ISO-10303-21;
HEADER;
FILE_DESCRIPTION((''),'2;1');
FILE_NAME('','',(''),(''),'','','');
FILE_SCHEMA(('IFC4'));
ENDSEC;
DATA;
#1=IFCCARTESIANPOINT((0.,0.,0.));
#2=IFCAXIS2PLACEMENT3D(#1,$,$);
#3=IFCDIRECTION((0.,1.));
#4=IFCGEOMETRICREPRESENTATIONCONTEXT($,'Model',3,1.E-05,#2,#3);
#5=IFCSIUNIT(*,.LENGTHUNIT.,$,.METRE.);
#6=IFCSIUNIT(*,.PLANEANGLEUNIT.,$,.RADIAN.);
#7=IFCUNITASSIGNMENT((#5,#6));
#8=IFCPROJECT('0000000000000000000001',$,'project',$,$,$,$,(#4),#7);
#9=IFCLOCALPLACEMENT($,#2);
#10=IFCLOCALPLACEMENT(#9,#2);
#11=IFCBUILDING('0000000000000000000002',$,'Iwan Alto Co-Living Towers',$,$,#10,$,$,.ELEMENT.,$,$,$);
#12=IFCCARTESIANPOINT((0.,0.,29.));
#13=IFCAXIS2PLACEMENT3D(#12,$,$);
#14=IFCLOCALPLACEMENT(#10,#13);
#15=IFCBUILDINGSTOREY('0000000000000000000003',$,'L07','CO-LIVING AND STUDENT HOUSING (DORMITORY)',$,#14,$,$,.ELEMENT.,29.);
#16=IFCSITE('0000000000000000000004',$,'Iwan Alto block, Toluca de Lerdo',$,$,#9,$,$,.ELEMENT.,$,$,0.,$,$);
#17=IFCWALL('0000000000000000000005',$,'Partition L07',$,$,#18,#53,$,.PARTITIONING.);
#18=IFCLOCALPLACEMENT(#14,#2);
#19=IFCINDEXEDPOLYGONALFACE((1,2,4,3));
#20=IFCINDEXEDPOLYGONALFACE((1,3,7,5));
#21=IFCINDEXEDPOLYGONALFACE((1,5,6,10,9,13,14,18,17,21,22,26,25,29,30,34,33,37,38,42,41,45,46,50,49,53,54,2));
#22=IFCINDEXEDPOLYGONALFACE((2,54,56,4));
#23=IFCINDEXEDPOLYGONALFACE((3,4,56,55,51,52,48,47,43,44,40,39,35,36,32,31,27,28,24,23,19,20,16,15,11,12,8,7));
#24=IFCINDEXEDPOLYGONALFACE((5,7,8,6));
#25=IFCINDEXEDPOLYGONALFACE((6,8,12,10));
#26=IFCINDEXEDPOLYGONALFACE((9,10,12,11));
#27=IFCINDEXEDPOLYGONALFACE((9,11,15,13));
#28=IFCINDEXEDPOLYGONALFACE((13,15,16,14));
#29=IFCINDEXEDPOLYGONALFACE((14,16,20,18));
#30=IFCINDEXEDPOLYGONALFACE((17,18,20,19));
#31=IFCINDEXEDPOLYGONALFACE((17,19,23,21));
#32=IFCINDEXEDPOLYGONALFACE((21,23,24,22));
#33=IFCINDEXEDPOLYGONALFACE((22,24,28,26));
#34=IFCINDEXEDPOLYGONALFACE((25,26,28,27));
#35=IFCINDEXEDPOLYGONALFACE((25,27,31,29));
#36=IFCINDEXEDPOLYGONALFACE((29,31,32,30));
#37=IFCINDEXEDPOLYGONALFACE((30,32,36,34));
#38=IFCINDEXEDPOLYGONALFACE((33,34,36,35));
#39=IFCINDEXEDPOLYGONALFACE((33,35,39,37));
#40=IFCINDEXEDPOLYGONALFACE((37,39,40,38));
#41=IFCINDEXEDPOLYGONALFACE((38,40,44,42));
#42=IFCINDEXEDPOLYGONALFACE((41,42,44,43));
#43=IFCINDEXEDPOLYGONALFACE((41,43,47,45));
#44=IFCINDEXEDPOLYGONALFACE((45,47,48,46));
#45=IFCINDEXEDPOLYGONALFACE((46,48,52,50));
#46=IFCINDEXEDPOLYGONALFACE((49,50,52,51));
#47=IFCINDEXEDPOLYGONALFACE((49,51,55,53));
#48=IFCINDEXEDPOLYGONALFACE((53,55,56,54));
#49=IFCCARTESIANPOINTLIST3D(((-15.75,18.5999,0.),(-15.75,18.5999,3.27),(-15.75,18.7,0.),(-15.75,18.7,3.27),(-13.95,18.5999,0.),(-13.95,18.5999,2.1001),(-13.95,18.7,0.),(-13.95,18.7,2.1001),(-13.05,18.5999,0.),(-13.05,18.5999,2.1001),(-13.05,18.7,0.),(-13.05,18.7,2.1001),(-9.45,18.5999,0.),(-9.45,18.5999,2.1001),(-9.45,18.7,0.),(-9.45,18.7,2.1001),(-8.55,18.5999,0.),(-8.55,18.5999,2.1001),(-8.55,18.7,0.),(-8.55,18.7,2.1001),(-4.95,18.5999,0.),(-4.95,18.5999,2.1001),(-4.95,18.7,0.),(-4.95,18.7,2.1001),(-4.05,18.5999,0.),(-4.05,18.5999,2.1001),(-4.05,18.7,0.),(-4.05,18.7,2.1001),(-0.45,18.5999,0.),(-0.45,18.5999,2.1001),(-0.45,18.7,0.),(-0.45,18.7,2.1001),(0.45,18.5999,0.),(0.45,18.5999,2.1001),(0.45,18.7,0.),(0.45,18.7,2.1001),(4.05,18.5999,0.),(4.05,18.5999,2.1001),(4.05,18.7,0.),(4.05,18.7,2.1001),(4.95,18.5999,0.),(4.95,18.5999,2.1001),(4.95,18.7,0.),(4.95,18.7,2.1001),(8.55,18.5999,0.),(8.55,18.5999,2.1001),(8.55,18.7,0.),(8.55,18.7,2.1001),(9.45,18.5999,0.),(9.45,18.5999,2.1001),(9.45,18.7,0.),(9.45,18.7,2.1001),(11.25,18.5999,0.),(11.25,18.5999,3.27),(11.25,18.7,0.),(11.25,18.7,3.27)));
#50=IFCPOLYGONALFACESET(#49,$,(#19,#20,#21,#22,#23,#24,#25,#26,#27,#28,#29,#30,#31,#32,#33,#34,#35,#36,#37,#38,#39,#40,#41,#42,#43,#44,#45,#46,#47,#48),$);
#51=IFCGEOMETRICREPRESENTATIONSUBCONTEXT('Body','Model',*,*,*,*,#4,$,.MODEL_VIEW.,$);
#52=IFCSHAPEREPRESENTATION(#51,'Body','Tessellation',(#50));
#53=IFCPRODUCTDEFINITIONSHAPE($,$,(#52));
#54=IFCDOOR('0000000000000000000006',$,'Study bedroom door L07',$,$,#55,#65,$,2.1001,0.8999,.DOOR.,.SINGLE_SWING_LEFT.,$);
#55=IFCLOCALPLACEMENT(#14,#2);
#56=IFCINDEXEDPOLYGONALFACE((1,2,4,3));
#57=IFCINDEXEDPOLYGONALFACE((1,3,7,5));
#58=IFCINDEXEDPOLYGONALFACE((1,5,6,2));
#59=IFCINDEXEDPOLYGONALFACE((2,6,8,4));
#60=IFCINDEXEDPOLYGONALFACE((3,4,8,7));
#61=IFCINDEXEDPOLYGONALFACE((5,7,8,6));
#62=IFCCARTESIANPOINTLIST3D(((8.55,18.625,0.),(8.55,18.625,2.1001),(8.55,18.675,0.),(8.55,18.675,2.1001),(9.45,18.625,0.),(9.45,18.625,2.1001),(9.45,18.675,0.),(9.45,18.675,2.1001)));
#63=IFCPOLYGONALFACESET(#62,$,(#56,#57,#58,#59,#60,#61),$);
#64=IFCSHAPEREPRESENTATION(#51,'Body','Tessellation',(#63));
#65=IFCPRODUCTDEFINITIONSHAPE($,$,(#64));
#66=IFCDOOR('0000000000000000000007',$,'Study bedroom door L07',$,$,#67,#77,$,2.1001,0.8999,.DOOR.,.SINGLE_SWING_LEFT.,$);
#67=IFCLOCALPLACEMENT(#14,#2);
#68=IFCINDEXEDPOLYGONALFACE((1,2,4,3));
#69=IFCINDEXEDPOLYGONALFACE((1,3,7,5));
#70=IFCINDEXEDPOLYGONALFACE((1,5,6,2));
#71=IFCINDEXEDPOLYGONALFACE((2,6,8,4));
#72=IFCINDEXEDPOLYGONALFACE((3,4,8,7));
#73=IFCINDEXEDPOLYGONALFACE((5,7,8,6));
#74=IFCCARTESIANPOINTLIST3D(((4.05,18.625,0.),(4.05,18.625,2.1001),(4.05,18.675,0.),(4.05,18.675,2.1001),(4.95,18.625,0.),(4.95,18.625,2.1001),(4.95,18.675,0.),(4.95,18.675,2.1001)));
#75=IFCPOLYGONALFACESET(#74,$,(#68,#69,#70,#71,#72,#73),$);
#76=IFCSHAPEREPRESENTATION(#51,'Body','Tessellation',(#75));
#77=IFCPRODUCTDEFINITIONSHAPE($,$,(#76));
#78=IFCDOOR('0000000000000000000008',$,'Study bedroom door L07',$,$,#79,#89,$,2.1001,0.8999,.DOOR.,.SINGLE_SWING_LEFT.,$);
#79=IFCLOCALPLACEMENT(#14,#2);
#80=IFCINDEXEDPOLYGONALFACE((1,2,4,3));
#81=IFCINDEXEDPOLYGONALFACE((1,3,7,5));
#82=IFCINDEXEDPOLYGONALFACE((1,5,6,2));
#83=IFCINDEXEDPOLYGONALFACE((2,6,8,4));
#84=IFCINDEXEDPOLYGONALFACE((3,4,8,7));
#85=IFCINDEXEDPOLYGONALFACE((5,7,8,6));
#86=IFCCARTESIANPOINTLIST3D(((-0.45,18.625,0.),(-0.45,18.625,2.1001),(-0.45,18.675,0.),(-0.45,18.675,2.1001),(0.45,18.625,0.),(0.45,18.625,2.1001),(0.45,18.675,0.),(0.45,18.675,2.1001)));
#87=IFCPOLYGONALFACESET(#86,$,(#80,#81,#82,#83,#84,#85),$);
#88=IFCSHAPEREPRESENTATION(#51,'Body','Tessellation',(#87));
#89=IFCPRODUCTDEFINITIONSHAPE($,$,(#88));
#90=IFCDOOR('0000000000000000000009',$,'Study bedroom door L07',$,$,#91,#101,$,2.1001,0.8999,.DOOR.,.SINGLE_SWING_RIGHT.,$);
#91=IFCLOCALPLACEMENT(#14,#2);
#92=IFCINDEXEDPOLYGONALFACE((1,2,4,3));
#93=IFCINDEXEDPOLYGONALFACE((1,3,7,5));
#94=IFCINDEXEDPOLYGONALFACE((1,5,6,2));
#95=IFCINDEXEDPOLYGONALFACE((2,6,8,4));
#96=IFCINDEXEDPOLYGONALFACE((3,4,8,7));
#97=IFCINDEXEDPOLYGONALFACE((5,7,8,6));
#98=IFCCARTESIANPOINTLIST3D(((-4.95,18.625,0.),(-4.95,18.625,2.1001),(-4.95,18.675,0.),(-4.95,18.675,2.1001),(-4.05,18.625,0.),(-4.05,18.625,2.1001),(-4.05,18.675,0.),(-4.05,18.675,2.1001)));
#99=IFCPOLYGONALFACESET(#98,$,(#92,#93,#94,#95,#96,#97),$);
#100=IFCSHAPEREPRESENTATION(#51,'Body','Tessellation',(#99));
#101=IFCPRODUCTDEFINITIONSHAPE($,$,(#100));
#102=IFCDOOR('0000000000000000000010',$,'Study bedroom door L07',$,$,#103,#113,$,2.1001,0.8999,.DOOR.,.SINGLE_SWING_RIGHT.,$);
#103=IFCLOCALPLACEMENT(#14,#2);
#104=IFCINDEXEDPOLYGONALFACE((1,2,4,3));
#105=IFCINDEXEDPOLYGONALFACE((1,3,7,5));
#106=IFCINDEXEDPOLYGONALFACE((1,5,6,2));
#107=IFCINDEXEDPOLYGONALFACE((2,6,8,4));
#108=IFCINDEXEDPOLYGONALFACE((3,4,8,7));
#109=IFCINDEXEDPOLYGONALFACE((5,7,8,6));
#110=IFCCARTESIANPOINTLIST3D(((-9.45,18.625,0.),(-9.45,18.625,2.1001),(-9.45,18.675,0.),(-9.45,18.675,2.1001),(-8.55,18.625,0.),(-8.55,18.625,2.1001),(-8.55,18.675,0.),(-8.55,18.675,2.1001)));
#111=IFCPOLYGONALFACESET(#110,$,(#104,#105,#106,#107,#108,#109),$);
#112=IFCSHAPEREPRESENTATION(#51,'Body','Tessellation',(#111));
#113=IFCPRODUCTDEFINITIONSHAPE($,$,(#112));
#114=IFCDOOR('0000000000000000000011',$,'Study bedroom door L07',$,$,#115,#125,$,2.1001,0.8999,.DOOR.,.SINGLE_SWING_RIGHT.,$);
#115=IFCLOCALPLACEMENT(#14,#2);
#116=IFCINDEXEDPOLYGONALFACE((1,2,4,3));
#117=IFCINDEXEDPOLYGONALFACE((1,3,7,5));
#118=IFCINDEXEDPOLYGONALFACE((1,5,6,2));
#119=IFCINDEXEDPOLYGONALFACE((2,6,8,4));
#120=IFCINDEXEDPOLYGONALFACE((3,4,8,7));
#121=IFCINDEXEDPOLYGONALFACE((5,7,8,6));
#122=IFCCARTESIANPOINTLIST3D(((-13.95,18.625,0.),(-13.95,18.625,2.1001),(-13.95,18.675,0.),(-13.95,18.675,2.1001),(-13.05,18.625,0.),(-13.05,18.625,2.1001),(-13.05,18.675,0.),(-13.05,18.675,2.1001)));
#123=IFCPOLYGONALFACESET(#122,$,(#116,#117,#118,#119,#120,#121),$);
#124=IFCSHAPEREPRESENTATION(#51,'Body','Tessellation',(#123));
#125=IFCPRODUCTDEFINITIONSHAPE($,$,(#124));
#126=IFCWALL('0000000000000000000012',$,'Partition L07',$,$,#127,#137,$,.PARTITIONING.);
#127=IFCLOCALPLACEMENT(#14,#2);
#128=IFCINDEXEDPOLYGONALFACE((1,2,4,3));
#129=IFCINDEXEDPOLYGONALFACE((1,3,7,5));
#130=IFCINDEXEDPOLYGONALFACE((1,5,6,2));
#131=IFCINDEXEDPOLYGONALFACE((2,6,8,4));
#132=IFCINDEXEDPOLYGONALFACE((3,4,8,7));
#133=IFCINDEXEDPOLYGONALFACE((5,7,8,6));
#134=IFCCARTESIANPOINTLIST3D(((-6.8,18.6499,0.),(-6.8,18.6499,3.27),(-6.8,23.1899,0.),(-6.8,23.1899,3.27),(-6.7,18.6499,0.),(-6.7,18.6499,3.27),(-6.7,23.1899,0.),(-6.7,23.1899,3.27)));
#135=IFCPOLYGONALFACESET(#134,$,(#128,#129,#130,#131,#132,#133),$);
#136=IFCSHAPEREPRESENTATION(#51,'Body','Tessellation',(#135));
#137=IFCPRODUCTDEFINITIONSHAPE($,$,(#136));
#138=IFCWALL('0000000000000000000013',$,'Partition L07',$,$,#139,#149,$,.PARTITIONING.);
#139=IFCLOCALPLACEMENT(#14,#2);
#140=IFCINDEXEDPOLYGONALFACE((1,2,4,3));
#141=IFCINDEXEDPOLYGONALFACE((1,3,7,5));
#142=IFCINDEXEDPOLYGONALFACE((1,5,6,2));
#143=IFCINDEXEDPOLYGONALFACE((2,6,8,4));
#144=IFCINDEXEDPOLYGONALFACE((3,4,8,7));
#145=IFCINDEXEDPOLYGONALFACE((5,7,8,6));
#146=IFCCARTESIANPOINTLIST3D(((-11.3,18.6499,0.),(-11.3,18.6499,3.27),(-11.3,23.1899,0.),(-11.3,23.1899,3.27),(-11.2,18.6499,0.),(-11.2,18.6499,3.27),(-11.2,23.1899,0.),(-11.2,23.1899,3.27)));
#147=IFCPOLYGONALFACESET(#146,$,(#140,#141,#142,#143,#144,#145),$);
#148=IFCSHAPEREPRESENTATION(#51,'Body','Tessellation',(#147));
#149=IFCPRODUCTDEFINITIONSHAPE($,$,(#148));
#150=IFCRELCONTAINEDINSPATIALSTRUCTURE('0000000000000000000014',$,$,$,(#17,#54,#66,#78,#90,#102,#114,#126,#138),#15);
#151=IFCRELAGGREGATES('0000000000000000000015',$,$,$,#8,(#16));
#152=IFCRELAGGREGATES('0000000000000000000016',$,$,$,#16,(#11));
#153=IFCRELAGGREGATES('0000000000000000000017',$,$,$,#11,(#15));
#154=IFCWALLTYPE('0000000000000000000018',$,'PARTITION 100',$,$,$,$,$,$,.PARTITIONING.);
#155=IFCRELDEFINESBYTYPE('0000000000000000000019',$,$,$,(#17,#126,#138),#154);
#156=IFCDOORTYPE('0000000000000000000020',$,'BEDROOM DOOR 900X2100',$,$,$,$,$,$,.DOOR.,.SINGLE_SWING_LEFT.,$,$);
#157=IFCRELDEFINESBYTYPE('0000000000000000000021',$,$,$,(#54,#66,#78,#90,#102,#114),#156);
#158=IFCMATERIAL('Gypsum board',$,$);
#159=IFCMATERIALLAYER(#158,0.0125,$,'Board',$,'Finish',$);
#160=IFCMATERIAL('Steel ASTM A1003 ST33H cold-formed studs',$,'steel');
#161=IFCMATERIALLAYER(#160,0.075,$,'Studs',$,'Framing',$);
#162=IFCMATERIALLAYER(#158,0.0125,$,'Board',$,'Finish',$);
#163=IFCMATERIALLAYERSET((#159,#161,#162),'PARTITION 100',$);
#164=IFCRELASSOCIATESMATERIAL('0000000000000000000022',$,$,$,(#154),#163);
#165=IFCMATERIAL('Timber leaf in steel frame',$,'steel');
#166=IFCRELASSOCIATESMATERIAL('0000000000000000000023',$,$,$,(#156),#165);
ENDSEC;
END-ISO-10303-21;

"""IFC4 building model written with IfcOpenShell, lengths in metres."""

from ifc_helpers import new_model, si_unit, direction, frame, frame_2d, origin, place, context, subcontext, project, spatial, rectangle, extrude, material, layer, layer_set, type_object, element, fill, save


model = new_model("IFC4")

# Units and contexts
model_context = context("Model", 3, precision=1e-05, world=origin(), true_north=direction((0.0, 1.0)))
body_context = subcontext(model_context, "Body", "Model", "MODEL_VIEW")
ifc_project = project(units=[si_unit("LENGTHUNIT", "METRE"), si_unit("PLANEANGLEUNIT", "RADIAN")], contexts=[model_context])

# Site, building, storey
site_placement = place(None, origin())
site = spatial("IfcSite", under=ifc_project, at=site_placement, Name="Iwan Alto block, Toluca de Lerdo", CompositionType="ELEMENT", RefElevation=0.0)
building_placement = place(site_placement, origin())
building = spatial("IfcBuilding", under=site, at=building_placement, Name="Iwan Alto Co-Living Towers", CompositionType="ELEMENT")
storey_placement = place(building_placement, frame((0.0, 0.0, 29.0)))
storey = spatial("IfcBuildingStorey", under=building, at=storey_placement, Name="L07", Description="CO-LIVING AND STUDENT HOUSING (DORMITORY)", CompositionType="ELEMENT", Elevation=29.0)

# Shared definitions
ifc_material_1 = material(Name="Gypsum board")
ifc_layer_1 = layer(ifc_material_1, 0.0125, Name="Board", Category="Finish")
ifc_material_2 = material(Name="Steel ASTM A1003 ST33H cold-formed studs", Category="steel")
ifc_layer_2 = layer(ifc_material_2, 0.075, Name="Studs", Category="Framing")
ifc_layer_3 = layer(ifc_material_1, 0.0125, Name="Board", Category="Finish")
ifc_layer_set_1 = layer_set([ifc_layer_1, ifc_layer_2, ifc_layer_3], Name="PARTITION 100")
wall_type_1 = type_object("IfcWallType", Name="PARTITION 100", PredefinedType="PARTITIONING", material=ifc_layer_set_1)

# Wall, openings, doors
wall_1_placement = place(storey_placement, frame((-15.75, 18.6499, 0.0), z_axis=(0.0, 0.0, 1.0), x_axis=(1.0, 0.0, 0.0)))
wall_1 = element("IfcWall", 1, at=wall_1_placement, inside=storey, type_object=wall_type_1, Name="Partition L07", PredefinedType="PARTITIONING", context=body_context, shape_type="SweptSolid", body=[
    extrude(rectangle(XDim=27.0, YDim=0.1001, at=frame_2d((13.5, 0.0))), origin(), (0.0, 0.0, 1.0), 3.27),
])
opening_1_placement = place(wall_1_placement, frame((24.3, 0.0, 0.0)))
opening_1 = element("IfcOpeningElement", 2, at=opening_1_placement, cuts=wall_1, PredefinedType="OPENING", context=body_context, shape_type="SweptSolid", body=[
    extrude(rectangle(XDim=0.8999, YDim=2.1001, at=frame_2d((0.45, 1.05))), frame((0.0, 0.0601, 0.0), z_axis=(0.0, -1.0, 0.0), x_axis=(1.0, 0.0, 0.0)), (0.0, 0.0, 1.0), 0.1201),
])
opening_2_placement = place(wall_1_placement, frame((19.8, 0.0, 0.0)))
opening_2 = element("IfcOpeningElement", 3, at=opening_2_placement, cuts=wall_1, PredefinedType="OPENING", context=body_context, shape_type="SweptSolid", body=[
    extrude(rectangle(XDim=0.8999, YDim=2.1001, at=frame_2d((0.45, 1.05))), frame((0.0, 0.0601, 0.0), z_axis=(0.0, -1.0, 0.0), x_axis=(1.0, 0.0, 0.0)), (0.0, 0.0, 1.0), 0.1201),
])
opening_3_placement = place(wall_1_placement, frame((15.3, 0.0, 0.0)))
opening_3 = element("IfcOpeningElement", 4, at=opening_3_placement, cuts=wall_1, PredefinedType="OPENING", context=body_context, shape_type="SweptSolid", body=[
    extrude(rectangle(XDim=0.8999, YDim=2.1001, at=frame_2d((0.45, 1.05))), frame((0.0, 0.0601, 0.0), z_axis=(0.0, -1.0, 0.0), x_axis=(1.0, 0.0, 0.0)), (0.0, 0.0, 1.0), 0.1201),
])
opening_4_placement = place(wall_1_placement, frame((10.8, 0.0, 0.0)))
opening_4 = element("IfcOpeningElement", 5, at=opening_4_placement, cuts=wall_1, PredefinedType="OPENING", context=body_context, shape_type="SweptSolid", body=[
    extrude(rectangle(XDim=0.8999, YDim=2.1001, at=frame_2d((0.45, 1.05))), frame((0.0, 0.0601, 0.0), z_axis=(0.0, -1.0, 0.0), x_axis=(1.0, 0.0, 0.0)), (0.0, 0.0, 1.0), 0.1201),
])
opening_5_placement = place(wall_1_placement, frame((6.3, 0.0, 0.0)))
opening_5 = element("IfcOpeningElement", 6, at=opening_5_placement, cuts=wall_1, PredefinedType="OPENING", context=body_context, shape_type="SweptSolid", body=[
    extrude(rectangle(XDim=0.8999, YDim=2.1001, at=frame_2d((0.45, 1.05))), frame((0.0, 0.0601, 0.0), z_axis=(0.0, -1.0, 0.0), x_axis=(1.0, 0.0, 0.0)), (0.0, 0.0, 1.0), 0.1201),
])
opening_6_placement = place(wall_1_placement, frame((1.8, 0.0, 0.0)))
opening_6 = element("IfcOpeningElement", 7, at=opening_6_placement, cuts=wall_1, PredefinedType="OPENING", context=body_context, shape_type="SweptSolid", body=[
    extrude(rectangle(XDim=0.8999, YDim=2.1001, at=frame_2d((0.45, 1.05))), frame((0.0, 0.0601, 0.0), z_axis=(0.0, -1.0, 0.0), x_axis=(1.0, 0.0, 0.0)), (0.0, 0.0, 1.0), 0.1201),
])
ifc_material_3 = material(Name="Timber leaf in steel frame", Category="steel")
door_type_1 = type_object("IfcDoorType", Name="BEDROOM DOOR 900X2100", OperationType="SINGLE_SWING_LEFT", PredefinedType="DOOR", material=ifc_material_3)
door_1_placement = place(opening_1_placement, frame((0.8999, 0.0, 0.0), z_axis=(0.0, 0.0, 1.0), x_axis=(-1.0, 0.0, 0.0)))
door_1 = element("IfcDoor", 8, at=door_1_placement, inside=storey, type_object=door_type_1, Name="Study bedroom door L07", OperationType="SINGLE_SWING_LEFT", OverallHeight=2.1001, OverallWidth=0.8999, PredefinedType="DOOR", context=body_context, shape_type="SweptSolid", body=[
    extrude(rectangle(XDim=0.8999, YDim=2.1001, at=frame_2d((0.45, 1.05))), frame((0.0, 0.0249, 0.0), z_axis=(0.0, -1.0, 0.0), x_axis=(1.0, 0.0, 0.0)), (0.0, 0.0, 1.0), 0.05),
])
fill(opening_1, door_1)
door_2_placement = place(opening_2_placement, frame((0.8999, 0.0, 0.0), z_axis=(0.0, 0.0, 1.0), x_axis=(-1.0, 0.0, 0.0)))
door_2 = element("IfcDoor", 9, at=door_2_placement, inside=storey, type_object=door_type_1, Name="Study bedroom door L07", OperationType="SINGLE_SWING_LEFT", OverallHeight=2.1001, OverallWidth=0.8999, PredefinedType="DOOR", context=body_context, shape_type="SweptSolid", body=[
    extrude(rectangle(XDim=0.8999, YDim=2.1001, at=frame_2d((0.45, 1.05))), frame((0.0, 0.0249, 0.0), z_axis=(0.0, -1.0, 0.0), x_axis=(1.0, 0.0, 0.0)), (0.0, 0.0, 1.0), 0.05),
])
fill(opening_2, door_2)
door_3_placement = place(opening_3_placement, frame((0.8999, 0.0, 0.0), z_axis=(0.0, 0.0, 1.0), x_axis=(-1.0, 0.0, 0.0)))
door_3 = element("IfcDoor", 10, at=door_3_placement, inside=storey, type_object=door_type_1, Name="Study bedroom door L07", OperationType="SINGLE_SWING_LEFT", OverallHeight=2.1001, OverallWidth=0.8999, PredefinedType="DOOR", context=body_context, shape_type="SweptSolid", body=[
    extrude(rectangle(XDim=0.8999, YDim=2.1001, at=frame_2d((0.45, 1.05))), frame((0.0, 0.0249, 0.0), z_axis=(0.0, -1.0, 0.0), x_axis=(1.0, 0.0, 0.0)), (0.0, 0.0, 1.0), 0.05),
])
fill(opening_3, door_3)
door_4_placement = place(opening_4_placement, frame((0.8999, 0.0, 0.0), z_axis=(0.0, 0.0, 1.0), x_axis=(-1.0, 0.0, 0.0)))
door_4 = element("IfcDoor", 11, at=door_4_placement, inside=storey, type_object=door_type_1, Name="Study bedroom door L07", OperationType="SINGLE_SWING_RIGHT", OverallHeight=2.1001, OverallWidth=0.8999, PredefinedType="DOOR", context=body_context, shape_type="SweptSolid", body=[
    extrude(rectangle(XDim=0.8999, YDim=2.1001, at=frame_2d((0.45, 1.05))), frame((0.0, 0.0249, 0.0), z_axis=(0.0, -1.0, 0.0), x_axis=(1.0, 0.0, 0.0)), (0.0, 0.0, 1.0), 0.05),
])
fill(opening_4, door_4)
door_5_placement = place(opening_5_placement, frame((0.8999, 0.0, 0.0), z_axis=(0.0, 0.0, 1.0), x_axis=(-1.0, 0.0, 0.0)))
door_5 = element("IfcDoor", 12, at=door_5_placement, inside=storey, type_object=door_type_1, Name="Study bedroom door L07", OperationType="SINGLE_SWING_RIGHT", OverallHeight=2.1001, OverallWidth=0.8999, PredefinedType="DOOR", context=body_context, shape_type="SweptSolid", body=[
    extrude(rectangle(XDim=0.8999, YDim=2.1001, at=frame_2d((0.45, 1.05))), frame((0.0, 0.0249, 0.0), z_axis=(0.0, -1.0, 0.0), x_axis=(1.0, 0.0, 0.0)), (0.0, 0.0, 1.0), 0.05),
])
fill(opening_5, door_5)
door_6_placement = place(opening_6_placement, frame((0.8999, 0.0, 0.0), z_axis=(0.0, 0.0, 1.0), x_axis=(-1.0, 0.0, 0.0)))
door_6 = element("IfcDoor", 13, at=door_6_placement, inside=storey, type_object=door_type_1, Name="Study bedroom door L07", OperationType="SINGLE_SWING_RIGHT", OverallHeight=2.1001, OverallWidth=0.8999, PredefinedType="DOOR", context=body_context, shape_type="SweptSolid", body=[
    extrude(rectangle(XDim=0.8999, YDim=2.1001, at=frame_2d((0.45, 1.05))), frame((0.0, 0.0249, 0.0), z_axis=(0.0, -1.0, 0.0), x_axis=(1.0, 0.0, 0.0)), (0.0, 0.0, 1.0), 0.05),
])
fill(opening_6, door_6)

# Walls
for number, where, z_axis, x_axis, name in (
    (14, (-6.75, 18.6499, 0.0), (0.0, 0.0, 1.0), (0.0, 1.0, 0.0), "Partition L07"),
    (15, (-11.25, 18.6499, 0.0), (0.0, 0.0, 1.0), (0.0, 1.0, 0.0), "Partition L07"),
):
    element("IfcWall", number, at=place(storey_placement, frame(where, z_axis=z_axis, x_axis=x_axis)), inside=storey, type_object=wall_type_1, Name=name, PredefinedType="PARTITIONING", context=body_context, shape_type="SweptSolid", body=[
        extrude(rectangle(XDim=4.54, YDim=0.1001, at=frame_2d((2.27, 0.0))), origin(), (0.0, 0.0, 1.0), 3.27),
    ])

save(model, "model.ifc")
